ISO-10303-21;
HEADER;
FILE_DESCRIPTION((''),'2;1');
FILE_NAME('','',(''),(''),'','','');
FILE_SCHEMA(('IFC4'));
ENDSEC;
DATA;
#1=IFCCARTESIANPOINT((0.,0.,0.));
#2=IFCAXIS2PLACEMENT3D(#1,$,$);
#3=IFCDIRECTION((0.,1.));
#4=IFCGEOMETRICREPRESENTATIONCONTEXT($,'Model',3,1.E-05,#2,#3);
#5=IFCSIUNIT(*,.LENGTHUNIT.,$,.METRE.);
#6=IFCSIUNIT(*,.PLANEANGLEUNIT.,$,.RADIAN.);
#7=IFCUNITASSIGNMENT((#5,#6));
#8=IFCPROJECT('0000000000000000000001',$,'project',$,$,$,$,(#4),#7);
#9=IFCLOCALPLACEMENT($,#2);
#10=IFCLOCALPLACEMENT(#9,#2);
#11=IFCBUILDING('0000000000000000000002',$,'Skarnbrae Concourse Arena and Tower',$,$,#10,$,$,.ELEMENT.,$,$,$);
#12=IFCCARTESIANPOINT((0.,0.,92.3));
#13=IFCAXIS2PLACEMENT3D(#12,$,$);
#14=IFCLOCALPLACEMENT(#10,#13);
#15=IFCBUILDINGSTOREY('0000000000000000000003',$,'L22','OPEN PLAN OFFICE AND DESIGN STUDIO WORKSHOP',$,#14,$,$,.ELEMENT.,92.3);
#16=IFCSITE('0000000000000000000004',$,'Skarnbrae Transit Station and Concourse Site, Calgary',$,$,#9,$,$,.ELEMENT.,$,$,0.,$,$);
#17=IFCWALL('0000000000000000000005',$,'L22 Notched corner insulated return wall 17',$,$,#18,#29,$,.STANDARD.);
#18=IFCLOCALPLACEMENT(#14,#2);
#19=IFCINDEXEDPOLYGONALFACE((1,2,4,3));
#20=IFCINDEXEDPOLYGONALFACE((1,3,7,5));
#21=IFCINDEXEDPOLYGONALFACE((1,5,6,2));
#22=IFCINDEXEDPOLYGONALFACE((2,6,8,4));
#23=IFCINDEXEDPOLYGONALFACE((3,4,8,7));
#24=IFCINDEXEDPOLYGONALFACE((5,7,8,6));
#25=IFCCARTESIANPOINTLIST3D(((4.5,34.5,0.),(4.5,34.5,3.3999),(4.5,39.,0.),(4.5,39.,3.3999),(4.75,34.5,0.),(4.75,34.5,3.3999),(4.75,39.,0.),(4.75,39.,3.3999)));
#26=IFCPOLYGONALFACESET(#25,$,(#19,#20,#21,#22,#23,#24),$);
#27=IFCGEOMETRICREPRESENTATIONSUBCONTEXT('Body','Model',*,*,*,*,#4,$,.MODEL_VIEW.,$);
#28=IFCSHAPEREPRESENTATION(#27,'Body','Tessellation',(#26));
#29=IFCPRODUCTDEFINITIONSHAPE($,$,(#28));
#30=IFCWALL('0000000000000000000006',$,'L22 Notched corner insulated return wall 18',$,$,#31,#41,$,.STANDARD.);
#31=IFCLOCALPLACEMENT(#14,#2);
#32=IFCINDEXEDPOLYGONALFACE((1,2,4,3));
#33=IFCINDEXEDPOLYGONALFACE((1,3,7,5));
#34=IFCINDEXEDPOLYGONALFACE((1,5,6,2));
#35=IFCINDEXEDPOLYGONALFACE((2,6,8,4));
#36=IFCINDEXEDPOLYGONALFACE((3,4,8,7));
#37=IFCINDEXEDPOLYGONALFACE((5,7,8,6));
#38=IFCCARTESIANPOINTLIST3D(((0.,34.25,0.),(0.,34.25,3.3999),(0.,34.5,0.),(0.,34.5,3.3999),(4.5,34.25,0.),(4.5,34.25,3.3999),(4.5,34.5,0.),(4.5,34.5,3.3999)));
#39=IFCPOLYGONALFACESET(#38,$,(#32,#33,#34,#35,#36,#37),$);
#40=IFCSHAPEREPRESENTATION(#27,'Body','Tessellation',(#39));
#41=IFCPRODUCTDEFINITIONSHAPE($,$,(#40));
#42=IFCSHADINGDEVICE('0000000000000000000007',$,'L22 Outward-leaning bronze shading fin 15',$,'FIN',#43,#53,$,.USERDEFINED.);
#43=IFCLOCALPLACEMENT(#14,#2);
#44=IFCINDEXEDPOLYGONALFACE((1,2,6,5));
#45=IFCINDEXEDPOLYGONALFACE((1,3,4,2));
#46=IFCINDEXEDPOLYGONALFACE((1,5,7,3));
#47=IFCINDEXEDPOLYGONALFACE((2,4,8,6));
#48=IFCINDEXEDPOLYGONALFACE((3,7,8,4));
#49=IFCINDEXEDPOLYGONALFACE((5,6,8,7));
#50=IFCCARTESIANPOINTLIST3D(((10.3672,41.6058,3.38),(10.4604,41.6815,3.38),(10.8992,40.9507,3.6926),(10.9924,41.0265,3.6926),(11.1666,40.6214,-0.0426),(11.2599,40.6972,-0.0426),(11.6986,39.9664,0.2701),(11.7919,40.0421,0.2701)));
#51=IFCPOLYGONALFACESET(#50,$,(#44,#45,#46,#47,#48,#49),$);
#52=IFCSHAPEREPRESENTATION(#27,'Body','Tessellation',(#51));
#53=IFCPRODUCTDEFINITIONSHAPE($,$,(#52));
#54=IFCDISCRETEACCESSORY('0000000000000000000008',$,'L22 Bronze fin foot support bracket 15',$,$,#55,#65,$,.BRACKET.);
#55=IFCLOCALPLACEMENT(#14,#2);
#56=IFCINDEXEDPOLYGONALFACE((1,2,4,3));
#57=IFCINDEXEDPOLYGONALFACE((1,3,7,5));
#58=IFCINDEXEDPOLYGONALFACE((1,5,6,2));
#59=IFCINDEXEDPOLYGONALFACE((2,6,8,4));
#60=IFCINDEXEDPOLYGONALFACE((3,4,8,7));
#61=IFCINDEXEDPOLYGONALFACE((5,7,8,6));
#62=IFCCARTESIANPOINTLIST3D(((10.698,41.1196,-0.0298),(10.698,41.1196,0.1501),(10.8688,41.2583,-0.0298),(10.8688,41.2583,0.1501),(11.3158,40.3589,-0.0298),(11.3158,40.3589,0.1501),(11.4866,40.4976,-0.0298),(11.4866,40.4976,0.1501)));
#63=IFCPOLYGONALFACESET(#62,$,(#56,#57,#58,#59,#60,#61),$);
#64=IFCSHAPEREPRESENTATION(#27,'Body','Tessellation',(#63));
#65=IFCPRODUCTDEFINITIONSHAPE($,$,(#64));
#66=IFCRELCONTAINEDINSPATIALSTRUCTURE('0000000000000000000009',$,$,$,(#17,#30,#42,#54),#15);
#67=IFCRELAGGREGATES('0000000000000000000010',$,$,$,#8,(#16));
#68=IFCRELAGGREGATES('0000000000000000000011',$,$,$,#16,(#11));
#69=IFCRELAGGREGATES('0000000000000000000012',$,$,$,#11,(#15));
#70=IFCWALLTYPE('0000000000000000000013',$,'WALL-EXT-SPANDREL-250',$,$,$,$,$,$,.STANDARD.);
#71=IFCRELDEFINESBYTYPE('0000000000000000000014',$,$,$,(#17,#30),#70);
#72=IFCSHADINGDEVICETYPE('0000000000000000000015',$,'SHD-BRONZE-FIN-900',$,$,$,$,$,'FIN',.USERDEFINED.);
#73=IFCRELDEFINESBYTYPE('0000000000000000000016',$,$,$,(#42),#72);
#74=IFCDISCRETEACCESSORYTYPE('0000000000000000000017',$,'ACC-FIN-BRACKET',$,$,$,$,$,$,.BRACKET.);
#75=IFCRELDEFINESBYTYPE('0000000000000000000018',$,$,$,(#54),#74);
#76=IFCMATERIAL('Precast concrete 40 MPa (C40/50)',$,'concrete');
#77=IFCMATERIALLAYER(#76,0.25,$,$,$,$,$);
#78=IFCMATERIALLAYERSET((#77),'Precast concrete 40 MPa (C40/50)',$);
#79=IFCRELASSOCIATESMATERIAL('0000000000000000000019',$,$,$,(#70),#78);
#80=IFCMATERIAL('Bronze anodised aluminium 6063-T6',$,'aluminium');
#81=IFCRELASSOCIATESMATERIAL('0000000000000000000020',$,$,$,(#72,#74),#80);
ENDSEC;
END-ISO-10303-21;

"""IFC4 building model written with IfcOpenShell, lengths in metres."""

from ifc_helpers import new_model, si_unit, direction, frame, frame_2d, origin, origin_2d, place, context, subcontext, project, spatial, rectangle, extrude, source, transform, mapped, material, layer, layer_set, type_object, element, save


model = new_model("IFC4")

# Units and contexts
model_context = context("Model", 3, precision=1e-05, world=origin(), true_north=direction((0.0, 1.0)))
body_context = subcontext(model_context, "Body", "Model", "MODEL_VIEW")
ifc_project = project(units=[si_unit("LENGTHUNIT", "METRE"), si_unit("PLANEANGLEUNIT", "RADIAN")], contexts=[model_context])

# Site, building, storey
site_placement = place(None, origin())
site = spatial("IfcSite", under=ifc_project, at=site_placement, Name="Skarnbrae Transit Station and Concourse Site, Calgary", CompositionType="ELEMENT", RefElevation=0.0)
building_placement = place(site_placement, origin())
building = spatial("IfcBuilding", under=site, at=building_placement, Name="Skarnbrae Concourse Arena and Tower", CompositionType="ELEMENT")
storey_placement = place(building_placement, frame((0.0, 0.0, 92.3)))
storey = spatial("IfcBuildingStorey", under=building, at=storey_placement, Name="L22", Description="OPEN PLAN OFFICE AND DESIGN STUDIO WORKSHOP", CompositionType="ELEMENT", Elevation=92.3)

# Shared definitions
ifc_material_1 = material(Name="Bronze anodised aluminium 6063-T6", Category="aluminium")

# Walls
ifc_material_2 = material(Name="Precast concrete 40 MPa (C40/50)", Category="concrete")
ifc_layer_1 = layer(ifc_material_2, 0.25)
ifc_layer_set_1 = layer_set([ifc_layer_1], Name="Precast concrete 40 MPa (C40/50)")
wall_type = type_object("IfcWallType", Name="WALL-EXT-SPANDREL-250", PredefinedType="STANDARD", material=ifc_layer_set_1)
shared_shape_1 = source(origin(), body_context, "Body", "SweptSolid", [
    extrude(rectangle(XDim=4.5, YDim=0.25, at=frame_2d((2.25, 0.0))), origin(), (0.0, 0.0, 1.0), 3.3999),
])
for number, where, z_axis, x_axis, name in (
    (1, (4.625, 39.0, 0.0), (0.0, 0.0, 1.0), (0.0, -1.0, 0.0), "L22 Notched corner insulated return wall 17"),
    (2, (4.5, 34.375, 0.0), (0.0, 0.0, 1.0), (-1.0, 0.0, 0.0), "L22 Notched corner insulated return wall 18"),
):
    element("IfcWall", number, at=place(storey_placement, frame(where, z_axis=z_axis, x_axis=x_axis)), inside=storey, type_object=wall_type, Name=name, PredefinedType="STANDARD", context=body_context, shape_type="MappedRepresentation", body=[
        mapped(shared_shape_1, transform((0.0, 0.0, 0.0))),
    ])

# Shading device
shading_device_type = type_object("IfcShadingDeviceType", Name="SHD-BRONZE-FIN-900", ElementType="FIN", PredefinedType="USERDEFINED", material=ifc_material_1)
shared_shape_2 = source(origin(), body_context, "Body", "SweptSolid", [
    extrude(rectangle(XDim=0.1201, YDim=0.8999, at=origin_2d()), origin(), (0.0, 0.0, 1.0), 3.6499),
])
shading_device_placement = place(storey_placement, frame((11.4792, 40.3318, 0.1138), z_axis=(-0.219029, 0.269688, 0.937707), x_axis=(0.776245, 0.630432, 0.0)))
element("IfcShadingDevice", 3, at=shading_device_placement, inside=storey, type_object=shading_device_type, Name="L22 Outward-leaning bronze shading fin 15", ObjectType="FIN", PredefinedType="USERDEFINED", context=body_context, shape_type="MappedRepresentation", body=[
    mapped(shared_shape_2, transform((0.0, 0.0, 0.0))),
])

# Discrete accessory
discrete_accessory_type = type_object("IfcDiscreteAccessoryType", Name="ACC-FIN-BRACKET", PredefinedType="BRACKET", material=ifc_material_1)
shared_shape_3 = source(origin(), body_context, "Body", "SweptSolid", [
    extrude(rectangle(XDim=0.22, YDim=0.98, at=origin_2d()), origin(), (0.0, 0.0, 1.0), 0.1799),
])
discrete_accessory_placement = place(storey_placement, frame((11.0923, 40.8086, -0.0298), z_axis=(0.0, 0.0, 1.0), x_axis=(0.776245, 0.630432, 0.0)))
element("IfcDiscreteAccessory", 4, at=discrete_accessory_placement, inside=storey, type_object=discrete_accessory_type, Name="L22 Bronze fin foot support bracket 15", PredefinedType="BRACKET", context=body_context, shape_type="MappedRepresentation", body=[
    mapped(shared_shape_3, transform((0.0, 0.0, 0.0))),
])

save(model, "model.ifc")
